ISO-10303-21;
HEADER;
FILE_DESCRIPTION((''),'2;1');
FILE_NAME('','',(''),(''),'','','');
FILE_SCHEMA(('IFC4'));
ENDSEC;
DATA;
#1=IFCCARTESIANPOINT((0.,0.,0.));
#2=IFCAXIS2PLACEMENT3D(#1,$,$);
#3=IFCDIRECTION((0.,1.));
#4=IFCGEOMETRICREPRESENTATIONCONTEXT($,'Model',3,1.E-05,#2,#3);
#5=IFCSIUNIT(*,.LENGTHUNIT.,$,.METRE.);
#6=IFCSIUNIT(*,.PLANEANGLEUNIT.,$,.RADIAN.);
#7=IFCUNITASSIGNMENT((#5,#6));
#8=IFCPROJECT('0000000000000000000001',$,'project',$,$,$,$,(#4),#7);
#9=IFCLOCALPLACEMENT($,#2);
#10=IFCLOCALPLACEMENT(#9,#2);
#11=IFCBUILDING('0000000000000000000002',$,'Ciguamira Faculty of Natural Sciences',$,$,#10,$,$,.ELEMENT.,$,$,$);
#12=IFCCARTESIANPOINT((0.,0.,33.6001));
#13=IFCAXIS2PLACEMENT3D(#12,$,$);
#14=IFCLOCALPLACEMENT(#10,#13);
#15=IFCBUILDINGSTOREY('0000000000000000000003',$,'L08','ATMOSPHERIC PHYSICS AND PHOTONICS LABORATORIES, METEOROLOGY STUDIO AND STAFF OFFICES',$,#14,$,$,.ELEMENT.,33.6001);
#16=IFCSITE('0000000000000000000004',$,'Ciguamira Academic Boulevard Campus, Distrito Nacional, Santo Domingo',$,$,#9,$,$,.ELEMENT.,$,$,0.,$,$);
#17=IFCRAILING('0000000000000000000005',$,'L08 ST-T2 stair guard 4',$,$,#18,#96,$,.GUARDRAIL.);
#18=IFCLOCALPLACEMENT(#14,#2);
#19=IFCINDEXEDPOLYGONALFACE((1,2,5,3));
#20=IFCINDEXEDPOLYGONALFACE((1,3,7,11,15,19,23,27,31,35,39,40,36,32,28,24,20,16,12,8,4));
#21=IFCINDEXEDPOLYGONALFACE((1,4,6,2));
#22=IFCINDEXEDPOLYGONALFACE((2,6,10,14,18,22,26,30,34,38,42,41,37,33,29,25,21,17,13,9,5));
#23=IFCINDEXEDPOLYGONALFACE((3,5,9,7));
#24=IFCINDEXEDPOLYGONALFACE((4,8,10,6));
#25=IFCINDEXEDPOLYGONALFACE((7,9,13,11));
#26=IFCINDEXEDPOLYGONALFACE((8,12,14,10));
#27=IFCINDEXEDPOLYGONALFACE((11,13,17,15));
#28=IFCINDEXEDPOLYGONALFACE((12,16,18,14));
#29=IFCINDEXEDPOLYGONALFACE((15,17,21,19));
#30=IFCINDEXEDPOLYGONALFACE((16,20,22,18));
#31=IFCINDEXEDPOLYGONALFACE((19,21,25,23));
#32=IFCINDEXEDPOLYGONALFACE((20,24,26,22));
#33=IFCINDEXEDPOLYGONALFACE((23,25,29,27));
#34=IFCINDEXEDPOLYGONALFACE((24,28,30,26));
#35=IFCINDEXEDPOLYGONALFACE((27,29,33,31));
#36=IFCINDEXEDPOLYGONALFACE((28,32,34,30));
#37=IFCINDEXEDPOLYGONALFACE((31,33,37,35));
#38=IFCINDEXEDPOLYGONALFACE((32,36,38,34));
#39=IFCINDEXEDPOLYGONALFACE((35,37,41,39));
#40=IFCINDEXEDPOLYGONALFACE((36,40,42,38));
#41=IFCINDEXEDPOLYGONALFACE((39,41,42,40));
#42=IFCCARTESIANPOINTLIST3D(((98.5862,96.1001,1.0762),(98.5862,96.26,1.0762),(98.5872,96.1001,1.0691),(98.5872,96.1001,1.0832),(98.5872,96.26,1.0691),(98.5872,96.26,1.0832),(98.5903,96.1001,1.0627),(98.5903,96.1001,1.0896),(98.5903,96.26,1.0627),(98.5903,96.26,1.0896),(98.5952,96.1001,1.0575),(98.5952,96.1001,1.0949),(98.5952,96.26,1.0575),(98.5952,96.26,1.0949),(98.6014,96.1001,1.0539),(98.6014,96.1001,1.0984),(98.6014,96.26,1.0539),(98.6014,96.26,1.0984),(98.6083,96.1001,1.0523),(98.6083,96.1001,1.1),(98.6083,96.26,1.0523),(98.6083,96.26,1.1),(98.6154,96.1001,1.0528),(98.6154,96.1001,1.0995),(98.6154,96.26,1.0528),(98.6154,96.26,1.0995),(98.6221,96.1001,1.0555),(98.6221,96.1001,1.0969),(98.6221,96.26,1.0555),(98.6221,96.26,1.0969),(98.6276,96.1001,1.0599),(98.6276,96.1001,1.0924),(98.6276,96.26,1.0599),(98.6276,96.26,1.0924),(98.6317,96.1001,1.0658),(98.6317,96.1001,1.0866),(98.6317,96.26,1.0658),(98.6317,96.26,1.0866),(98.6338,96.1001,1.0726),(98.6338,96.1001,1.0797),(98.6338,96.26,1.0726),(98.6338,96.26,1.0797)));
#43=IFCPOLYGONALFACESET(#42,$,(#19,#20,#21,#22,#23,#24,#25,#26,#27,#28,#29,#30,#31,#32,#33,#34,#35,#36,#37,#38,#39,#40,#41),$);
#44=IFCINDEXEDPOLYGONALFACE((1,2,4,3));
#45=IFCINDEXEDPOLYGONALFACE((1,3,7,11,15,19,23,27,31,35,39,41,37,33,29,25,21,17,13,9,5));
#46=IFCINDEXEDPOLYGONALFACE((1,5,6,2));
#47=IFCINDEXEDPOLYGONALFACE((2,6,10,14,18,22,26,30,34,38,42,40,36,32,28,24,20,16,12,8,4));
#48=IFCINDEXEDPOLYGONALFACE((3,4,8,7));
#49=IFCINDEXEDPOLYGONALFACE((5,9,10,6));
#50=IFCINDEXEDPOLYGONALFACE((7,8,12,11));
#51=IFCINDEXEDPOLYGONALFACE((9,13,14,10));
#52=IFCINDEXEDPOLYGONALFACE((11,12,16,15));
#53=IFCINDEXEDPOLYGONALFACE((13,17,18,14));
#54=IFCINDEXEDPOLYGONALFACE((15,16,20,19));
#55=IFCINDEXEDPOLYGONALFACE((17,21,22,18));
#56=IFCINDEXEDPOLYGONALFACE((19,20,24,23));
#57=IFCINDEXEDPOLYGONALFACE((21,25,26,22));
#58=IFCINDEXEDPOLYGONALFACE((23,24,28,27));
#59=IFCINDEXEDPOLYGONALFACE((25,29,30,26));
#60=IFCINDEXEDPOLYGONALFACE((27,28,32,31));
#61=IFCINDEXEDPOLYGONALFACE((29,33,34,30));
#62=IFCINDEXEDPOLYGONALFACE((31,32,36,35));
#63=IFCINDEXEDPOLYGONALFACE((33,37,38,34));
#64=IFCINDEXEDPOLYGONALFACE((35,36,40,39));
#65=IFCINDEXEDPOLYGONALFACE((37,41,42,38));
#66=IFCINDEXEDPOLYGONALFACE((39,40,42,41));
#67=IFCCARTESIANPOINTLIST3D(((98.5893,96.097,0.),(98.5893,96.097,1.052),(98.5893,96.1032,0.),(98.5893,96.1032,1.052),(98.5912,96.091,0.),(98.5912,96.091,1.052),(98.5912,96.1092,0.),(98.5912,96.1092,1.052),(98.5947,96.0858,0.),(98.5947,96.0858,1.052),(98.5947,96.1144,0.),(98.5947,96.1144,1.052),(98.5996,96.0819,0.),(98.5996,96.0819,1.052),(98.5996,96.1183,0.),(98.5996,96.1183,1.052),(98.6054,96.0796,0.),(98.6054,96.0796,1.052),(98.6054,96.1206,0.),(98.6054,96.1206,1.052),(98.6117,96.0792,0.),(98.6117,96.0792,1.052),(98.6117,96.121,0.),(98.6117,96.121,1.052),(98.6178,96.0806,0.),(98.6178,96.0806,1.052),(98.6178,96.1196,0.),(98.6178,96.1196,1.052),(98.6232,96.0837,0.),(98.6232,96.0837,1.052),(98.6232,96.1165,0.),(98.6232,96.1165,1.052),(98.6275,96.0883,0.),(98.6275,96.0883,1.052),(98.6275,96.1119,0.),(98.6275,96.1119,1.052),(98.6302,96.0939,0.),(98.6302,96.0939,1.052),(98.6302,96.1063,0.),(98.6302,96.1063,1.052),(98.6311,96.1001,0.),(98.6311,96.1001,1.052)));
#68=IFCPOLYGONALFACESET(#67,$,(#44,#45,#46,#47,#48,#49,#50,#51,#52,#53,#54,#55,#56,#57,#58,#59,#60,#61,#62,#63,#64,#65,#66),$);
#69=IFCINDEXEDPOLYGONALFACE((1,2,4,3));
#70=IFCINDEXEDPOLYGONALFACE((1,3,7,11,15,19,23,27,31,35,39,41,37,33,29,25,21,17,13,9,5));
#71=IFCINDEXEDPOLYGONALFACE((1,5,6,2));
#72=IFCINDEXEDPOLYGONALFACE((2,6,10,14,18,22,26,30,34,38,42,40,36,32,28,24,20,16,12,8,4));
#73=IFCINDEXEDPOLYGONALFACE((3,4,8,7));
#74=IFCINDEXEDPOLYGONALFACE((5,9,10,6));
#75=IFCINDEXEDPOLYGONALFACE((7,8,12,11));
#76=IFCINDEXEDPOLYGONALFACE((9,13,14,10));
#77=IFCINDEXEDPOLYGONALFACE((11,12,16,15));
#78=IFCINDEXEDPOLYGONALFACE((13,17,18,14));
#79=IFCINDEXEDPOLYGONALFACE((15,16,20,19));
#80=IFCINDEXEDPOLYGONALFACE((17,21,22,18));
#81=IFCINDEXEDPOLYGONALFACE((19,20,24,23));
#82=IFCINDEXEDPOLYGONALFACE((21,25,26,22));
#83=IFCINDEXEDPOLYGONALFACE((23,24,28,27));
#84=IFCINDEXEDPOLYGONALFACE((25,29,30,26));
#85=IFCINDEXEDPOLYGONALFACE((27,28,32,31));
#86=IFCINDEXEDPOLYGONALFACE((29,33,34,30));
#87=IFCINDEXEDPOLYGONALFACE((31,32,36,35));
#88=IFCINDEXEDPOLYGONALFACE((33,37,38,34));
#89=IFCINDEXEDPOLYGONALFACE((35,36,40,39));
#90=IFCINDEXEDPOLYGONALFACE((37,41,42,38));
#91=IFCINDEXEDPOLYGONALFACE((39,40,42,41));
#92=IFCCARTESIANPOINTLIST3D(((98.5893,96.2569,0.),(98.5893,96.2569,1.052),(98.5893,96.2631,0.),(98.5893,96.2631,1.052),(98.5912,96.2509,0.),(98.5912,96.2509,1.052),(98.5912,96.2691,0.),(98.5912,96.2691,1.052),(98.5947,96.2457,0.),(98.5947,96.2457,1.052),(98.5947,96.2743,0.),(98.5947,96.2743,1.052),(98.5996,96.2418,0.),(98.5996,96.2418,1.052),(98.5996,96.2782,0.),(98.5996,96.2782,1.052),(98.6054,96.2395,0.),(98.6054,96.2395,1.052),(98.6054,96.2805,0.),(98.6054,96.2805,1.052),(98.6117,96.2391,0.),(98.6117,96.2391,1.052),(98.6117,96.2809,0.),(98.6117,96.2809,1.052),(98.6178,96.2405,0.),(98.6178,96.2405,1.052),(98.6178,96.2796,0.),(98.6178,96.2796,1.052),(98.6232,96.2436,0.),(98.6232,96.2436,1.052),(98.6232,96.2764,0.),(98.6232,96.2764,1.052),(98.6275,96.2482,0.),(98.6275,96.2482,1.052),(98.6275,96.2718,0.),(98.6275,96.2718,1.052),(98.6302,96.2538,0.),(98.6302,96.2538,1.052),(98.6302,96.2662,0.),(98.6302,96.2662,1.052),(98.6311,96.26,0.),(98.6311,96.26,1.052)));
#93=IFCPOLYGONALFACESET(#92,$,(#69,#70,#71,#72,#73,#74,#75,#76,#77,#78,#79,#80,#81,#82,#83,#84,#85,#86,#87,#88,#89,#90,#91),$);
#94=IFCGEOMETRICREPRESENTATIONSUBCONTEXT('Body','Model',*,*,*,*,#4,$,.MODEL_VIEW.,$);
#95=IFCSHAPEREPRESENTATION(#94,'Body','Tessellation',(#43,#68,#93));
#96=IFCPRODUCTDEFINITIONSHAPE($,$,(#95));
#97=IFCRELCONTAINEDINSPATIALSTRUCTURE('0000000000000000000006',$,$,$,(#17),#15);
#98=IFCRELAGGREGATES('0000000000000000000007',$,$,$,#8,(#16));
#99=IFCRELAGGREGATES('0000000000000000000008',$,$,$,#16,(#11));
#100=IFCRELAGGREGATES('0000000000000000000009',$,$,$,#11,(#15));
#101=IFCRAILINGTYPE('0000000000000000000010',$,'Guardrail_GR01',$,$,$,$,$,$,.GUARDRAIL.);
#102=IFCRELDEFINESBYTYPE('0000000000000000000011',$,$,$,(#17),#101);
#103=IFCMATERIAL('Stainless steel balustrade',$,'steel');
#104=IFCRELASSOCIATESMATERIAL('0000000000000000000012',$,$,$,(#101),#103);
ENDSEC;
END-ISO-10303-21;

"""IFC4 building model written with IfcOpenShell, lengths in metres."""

from ifc_helpers import new_model, si_unit, direction, frame, origin, origin_2d, place, context, subcontext, project, spatial, circle, extrude, material, type_object, element, save


model = new_model("IFC4")

# Units and contexts
model_context = context("Model", 3, precision=1e-05, world=origin(), true_north=direction((0.0, 1.0)))
body_context = subcontext(model_context, "Body", "Model", "MODEL_VIEW")
ifc_project = project(units=[si_unit("LENGTHUNIT", "METRE"), si_unit("PLANEANGLEUNIT", "RADIAN")], contexts=[model_context])

# Site, building, storey
site_placement = place(None, origin())
site = spatial("IfcSite", under=ifc_project, at=site_placement, Name="Ciguamira Academic Boulevard Campus, Distrito Nacional, Santo Domingo", CompositionType="ELEMENT", RefElevation=0.0)
building_placement = place(site_placement, origin())
building = spatial("IfcBuilding", under=site, at=building_placement, Name="Ciguamira Faculty of Natural Sciences", CompositionType="ELEMENT")
storey_placement = place(building_placement, frame((0.0, 0.0, 33.6001)))
storey = spatial("IfcBuildingStorey", under=building, at=storey_placement, Name="L08", Description="ATMOSPHERIC PHYSICS AND PHOTONICS LABORATORIES, METEOROLOGY STUDIO AND STAFF OFFICES", CompositionType="ELEMENT", Elevation=33.6001)

# Railing
ifc_material_1 = material(Name="Stainless steel balustrade", Category="steel")
railing_type_1 = type_object("IfcRailingType", Name="Guardrail_GR01", PredefinedType="GUARDRAIL", material=ifc_material_1)
railing_1_placement = place(storey_placement, frame((98.6101, 96.1001, 0.0)))
element("IfcRailing", 1, at=railing_1_placement, inside=storey, type_object=railing_type_1, Name="L08 ST-T2 stair guard 4", PredefinedType="GUARDRAIL", context=body_context, shape_type="SweptSolid", body=[
    extrude(circle(Radius=0.0239, at=origin_2d()), frame((0.0, 0.0, 1.0762), z_axis=(0.0, 1.0, 0.0), x_axis=(-1.0, 0.0, 0.0)), (0.0, 0.0, 1.0), 0.1599),
    extrude(circle(Radius=0.021, at=origin_2d()), origin(), (0.0, 0.0, 1.0), 1.052),
    extrude(circle(Radius=0.021, at=origin_2d()), frame((0.0, 0.1599, 0.0)), (0.0, 0.0, 1.0), 1.052),
])

save(model, "model.ifc")
